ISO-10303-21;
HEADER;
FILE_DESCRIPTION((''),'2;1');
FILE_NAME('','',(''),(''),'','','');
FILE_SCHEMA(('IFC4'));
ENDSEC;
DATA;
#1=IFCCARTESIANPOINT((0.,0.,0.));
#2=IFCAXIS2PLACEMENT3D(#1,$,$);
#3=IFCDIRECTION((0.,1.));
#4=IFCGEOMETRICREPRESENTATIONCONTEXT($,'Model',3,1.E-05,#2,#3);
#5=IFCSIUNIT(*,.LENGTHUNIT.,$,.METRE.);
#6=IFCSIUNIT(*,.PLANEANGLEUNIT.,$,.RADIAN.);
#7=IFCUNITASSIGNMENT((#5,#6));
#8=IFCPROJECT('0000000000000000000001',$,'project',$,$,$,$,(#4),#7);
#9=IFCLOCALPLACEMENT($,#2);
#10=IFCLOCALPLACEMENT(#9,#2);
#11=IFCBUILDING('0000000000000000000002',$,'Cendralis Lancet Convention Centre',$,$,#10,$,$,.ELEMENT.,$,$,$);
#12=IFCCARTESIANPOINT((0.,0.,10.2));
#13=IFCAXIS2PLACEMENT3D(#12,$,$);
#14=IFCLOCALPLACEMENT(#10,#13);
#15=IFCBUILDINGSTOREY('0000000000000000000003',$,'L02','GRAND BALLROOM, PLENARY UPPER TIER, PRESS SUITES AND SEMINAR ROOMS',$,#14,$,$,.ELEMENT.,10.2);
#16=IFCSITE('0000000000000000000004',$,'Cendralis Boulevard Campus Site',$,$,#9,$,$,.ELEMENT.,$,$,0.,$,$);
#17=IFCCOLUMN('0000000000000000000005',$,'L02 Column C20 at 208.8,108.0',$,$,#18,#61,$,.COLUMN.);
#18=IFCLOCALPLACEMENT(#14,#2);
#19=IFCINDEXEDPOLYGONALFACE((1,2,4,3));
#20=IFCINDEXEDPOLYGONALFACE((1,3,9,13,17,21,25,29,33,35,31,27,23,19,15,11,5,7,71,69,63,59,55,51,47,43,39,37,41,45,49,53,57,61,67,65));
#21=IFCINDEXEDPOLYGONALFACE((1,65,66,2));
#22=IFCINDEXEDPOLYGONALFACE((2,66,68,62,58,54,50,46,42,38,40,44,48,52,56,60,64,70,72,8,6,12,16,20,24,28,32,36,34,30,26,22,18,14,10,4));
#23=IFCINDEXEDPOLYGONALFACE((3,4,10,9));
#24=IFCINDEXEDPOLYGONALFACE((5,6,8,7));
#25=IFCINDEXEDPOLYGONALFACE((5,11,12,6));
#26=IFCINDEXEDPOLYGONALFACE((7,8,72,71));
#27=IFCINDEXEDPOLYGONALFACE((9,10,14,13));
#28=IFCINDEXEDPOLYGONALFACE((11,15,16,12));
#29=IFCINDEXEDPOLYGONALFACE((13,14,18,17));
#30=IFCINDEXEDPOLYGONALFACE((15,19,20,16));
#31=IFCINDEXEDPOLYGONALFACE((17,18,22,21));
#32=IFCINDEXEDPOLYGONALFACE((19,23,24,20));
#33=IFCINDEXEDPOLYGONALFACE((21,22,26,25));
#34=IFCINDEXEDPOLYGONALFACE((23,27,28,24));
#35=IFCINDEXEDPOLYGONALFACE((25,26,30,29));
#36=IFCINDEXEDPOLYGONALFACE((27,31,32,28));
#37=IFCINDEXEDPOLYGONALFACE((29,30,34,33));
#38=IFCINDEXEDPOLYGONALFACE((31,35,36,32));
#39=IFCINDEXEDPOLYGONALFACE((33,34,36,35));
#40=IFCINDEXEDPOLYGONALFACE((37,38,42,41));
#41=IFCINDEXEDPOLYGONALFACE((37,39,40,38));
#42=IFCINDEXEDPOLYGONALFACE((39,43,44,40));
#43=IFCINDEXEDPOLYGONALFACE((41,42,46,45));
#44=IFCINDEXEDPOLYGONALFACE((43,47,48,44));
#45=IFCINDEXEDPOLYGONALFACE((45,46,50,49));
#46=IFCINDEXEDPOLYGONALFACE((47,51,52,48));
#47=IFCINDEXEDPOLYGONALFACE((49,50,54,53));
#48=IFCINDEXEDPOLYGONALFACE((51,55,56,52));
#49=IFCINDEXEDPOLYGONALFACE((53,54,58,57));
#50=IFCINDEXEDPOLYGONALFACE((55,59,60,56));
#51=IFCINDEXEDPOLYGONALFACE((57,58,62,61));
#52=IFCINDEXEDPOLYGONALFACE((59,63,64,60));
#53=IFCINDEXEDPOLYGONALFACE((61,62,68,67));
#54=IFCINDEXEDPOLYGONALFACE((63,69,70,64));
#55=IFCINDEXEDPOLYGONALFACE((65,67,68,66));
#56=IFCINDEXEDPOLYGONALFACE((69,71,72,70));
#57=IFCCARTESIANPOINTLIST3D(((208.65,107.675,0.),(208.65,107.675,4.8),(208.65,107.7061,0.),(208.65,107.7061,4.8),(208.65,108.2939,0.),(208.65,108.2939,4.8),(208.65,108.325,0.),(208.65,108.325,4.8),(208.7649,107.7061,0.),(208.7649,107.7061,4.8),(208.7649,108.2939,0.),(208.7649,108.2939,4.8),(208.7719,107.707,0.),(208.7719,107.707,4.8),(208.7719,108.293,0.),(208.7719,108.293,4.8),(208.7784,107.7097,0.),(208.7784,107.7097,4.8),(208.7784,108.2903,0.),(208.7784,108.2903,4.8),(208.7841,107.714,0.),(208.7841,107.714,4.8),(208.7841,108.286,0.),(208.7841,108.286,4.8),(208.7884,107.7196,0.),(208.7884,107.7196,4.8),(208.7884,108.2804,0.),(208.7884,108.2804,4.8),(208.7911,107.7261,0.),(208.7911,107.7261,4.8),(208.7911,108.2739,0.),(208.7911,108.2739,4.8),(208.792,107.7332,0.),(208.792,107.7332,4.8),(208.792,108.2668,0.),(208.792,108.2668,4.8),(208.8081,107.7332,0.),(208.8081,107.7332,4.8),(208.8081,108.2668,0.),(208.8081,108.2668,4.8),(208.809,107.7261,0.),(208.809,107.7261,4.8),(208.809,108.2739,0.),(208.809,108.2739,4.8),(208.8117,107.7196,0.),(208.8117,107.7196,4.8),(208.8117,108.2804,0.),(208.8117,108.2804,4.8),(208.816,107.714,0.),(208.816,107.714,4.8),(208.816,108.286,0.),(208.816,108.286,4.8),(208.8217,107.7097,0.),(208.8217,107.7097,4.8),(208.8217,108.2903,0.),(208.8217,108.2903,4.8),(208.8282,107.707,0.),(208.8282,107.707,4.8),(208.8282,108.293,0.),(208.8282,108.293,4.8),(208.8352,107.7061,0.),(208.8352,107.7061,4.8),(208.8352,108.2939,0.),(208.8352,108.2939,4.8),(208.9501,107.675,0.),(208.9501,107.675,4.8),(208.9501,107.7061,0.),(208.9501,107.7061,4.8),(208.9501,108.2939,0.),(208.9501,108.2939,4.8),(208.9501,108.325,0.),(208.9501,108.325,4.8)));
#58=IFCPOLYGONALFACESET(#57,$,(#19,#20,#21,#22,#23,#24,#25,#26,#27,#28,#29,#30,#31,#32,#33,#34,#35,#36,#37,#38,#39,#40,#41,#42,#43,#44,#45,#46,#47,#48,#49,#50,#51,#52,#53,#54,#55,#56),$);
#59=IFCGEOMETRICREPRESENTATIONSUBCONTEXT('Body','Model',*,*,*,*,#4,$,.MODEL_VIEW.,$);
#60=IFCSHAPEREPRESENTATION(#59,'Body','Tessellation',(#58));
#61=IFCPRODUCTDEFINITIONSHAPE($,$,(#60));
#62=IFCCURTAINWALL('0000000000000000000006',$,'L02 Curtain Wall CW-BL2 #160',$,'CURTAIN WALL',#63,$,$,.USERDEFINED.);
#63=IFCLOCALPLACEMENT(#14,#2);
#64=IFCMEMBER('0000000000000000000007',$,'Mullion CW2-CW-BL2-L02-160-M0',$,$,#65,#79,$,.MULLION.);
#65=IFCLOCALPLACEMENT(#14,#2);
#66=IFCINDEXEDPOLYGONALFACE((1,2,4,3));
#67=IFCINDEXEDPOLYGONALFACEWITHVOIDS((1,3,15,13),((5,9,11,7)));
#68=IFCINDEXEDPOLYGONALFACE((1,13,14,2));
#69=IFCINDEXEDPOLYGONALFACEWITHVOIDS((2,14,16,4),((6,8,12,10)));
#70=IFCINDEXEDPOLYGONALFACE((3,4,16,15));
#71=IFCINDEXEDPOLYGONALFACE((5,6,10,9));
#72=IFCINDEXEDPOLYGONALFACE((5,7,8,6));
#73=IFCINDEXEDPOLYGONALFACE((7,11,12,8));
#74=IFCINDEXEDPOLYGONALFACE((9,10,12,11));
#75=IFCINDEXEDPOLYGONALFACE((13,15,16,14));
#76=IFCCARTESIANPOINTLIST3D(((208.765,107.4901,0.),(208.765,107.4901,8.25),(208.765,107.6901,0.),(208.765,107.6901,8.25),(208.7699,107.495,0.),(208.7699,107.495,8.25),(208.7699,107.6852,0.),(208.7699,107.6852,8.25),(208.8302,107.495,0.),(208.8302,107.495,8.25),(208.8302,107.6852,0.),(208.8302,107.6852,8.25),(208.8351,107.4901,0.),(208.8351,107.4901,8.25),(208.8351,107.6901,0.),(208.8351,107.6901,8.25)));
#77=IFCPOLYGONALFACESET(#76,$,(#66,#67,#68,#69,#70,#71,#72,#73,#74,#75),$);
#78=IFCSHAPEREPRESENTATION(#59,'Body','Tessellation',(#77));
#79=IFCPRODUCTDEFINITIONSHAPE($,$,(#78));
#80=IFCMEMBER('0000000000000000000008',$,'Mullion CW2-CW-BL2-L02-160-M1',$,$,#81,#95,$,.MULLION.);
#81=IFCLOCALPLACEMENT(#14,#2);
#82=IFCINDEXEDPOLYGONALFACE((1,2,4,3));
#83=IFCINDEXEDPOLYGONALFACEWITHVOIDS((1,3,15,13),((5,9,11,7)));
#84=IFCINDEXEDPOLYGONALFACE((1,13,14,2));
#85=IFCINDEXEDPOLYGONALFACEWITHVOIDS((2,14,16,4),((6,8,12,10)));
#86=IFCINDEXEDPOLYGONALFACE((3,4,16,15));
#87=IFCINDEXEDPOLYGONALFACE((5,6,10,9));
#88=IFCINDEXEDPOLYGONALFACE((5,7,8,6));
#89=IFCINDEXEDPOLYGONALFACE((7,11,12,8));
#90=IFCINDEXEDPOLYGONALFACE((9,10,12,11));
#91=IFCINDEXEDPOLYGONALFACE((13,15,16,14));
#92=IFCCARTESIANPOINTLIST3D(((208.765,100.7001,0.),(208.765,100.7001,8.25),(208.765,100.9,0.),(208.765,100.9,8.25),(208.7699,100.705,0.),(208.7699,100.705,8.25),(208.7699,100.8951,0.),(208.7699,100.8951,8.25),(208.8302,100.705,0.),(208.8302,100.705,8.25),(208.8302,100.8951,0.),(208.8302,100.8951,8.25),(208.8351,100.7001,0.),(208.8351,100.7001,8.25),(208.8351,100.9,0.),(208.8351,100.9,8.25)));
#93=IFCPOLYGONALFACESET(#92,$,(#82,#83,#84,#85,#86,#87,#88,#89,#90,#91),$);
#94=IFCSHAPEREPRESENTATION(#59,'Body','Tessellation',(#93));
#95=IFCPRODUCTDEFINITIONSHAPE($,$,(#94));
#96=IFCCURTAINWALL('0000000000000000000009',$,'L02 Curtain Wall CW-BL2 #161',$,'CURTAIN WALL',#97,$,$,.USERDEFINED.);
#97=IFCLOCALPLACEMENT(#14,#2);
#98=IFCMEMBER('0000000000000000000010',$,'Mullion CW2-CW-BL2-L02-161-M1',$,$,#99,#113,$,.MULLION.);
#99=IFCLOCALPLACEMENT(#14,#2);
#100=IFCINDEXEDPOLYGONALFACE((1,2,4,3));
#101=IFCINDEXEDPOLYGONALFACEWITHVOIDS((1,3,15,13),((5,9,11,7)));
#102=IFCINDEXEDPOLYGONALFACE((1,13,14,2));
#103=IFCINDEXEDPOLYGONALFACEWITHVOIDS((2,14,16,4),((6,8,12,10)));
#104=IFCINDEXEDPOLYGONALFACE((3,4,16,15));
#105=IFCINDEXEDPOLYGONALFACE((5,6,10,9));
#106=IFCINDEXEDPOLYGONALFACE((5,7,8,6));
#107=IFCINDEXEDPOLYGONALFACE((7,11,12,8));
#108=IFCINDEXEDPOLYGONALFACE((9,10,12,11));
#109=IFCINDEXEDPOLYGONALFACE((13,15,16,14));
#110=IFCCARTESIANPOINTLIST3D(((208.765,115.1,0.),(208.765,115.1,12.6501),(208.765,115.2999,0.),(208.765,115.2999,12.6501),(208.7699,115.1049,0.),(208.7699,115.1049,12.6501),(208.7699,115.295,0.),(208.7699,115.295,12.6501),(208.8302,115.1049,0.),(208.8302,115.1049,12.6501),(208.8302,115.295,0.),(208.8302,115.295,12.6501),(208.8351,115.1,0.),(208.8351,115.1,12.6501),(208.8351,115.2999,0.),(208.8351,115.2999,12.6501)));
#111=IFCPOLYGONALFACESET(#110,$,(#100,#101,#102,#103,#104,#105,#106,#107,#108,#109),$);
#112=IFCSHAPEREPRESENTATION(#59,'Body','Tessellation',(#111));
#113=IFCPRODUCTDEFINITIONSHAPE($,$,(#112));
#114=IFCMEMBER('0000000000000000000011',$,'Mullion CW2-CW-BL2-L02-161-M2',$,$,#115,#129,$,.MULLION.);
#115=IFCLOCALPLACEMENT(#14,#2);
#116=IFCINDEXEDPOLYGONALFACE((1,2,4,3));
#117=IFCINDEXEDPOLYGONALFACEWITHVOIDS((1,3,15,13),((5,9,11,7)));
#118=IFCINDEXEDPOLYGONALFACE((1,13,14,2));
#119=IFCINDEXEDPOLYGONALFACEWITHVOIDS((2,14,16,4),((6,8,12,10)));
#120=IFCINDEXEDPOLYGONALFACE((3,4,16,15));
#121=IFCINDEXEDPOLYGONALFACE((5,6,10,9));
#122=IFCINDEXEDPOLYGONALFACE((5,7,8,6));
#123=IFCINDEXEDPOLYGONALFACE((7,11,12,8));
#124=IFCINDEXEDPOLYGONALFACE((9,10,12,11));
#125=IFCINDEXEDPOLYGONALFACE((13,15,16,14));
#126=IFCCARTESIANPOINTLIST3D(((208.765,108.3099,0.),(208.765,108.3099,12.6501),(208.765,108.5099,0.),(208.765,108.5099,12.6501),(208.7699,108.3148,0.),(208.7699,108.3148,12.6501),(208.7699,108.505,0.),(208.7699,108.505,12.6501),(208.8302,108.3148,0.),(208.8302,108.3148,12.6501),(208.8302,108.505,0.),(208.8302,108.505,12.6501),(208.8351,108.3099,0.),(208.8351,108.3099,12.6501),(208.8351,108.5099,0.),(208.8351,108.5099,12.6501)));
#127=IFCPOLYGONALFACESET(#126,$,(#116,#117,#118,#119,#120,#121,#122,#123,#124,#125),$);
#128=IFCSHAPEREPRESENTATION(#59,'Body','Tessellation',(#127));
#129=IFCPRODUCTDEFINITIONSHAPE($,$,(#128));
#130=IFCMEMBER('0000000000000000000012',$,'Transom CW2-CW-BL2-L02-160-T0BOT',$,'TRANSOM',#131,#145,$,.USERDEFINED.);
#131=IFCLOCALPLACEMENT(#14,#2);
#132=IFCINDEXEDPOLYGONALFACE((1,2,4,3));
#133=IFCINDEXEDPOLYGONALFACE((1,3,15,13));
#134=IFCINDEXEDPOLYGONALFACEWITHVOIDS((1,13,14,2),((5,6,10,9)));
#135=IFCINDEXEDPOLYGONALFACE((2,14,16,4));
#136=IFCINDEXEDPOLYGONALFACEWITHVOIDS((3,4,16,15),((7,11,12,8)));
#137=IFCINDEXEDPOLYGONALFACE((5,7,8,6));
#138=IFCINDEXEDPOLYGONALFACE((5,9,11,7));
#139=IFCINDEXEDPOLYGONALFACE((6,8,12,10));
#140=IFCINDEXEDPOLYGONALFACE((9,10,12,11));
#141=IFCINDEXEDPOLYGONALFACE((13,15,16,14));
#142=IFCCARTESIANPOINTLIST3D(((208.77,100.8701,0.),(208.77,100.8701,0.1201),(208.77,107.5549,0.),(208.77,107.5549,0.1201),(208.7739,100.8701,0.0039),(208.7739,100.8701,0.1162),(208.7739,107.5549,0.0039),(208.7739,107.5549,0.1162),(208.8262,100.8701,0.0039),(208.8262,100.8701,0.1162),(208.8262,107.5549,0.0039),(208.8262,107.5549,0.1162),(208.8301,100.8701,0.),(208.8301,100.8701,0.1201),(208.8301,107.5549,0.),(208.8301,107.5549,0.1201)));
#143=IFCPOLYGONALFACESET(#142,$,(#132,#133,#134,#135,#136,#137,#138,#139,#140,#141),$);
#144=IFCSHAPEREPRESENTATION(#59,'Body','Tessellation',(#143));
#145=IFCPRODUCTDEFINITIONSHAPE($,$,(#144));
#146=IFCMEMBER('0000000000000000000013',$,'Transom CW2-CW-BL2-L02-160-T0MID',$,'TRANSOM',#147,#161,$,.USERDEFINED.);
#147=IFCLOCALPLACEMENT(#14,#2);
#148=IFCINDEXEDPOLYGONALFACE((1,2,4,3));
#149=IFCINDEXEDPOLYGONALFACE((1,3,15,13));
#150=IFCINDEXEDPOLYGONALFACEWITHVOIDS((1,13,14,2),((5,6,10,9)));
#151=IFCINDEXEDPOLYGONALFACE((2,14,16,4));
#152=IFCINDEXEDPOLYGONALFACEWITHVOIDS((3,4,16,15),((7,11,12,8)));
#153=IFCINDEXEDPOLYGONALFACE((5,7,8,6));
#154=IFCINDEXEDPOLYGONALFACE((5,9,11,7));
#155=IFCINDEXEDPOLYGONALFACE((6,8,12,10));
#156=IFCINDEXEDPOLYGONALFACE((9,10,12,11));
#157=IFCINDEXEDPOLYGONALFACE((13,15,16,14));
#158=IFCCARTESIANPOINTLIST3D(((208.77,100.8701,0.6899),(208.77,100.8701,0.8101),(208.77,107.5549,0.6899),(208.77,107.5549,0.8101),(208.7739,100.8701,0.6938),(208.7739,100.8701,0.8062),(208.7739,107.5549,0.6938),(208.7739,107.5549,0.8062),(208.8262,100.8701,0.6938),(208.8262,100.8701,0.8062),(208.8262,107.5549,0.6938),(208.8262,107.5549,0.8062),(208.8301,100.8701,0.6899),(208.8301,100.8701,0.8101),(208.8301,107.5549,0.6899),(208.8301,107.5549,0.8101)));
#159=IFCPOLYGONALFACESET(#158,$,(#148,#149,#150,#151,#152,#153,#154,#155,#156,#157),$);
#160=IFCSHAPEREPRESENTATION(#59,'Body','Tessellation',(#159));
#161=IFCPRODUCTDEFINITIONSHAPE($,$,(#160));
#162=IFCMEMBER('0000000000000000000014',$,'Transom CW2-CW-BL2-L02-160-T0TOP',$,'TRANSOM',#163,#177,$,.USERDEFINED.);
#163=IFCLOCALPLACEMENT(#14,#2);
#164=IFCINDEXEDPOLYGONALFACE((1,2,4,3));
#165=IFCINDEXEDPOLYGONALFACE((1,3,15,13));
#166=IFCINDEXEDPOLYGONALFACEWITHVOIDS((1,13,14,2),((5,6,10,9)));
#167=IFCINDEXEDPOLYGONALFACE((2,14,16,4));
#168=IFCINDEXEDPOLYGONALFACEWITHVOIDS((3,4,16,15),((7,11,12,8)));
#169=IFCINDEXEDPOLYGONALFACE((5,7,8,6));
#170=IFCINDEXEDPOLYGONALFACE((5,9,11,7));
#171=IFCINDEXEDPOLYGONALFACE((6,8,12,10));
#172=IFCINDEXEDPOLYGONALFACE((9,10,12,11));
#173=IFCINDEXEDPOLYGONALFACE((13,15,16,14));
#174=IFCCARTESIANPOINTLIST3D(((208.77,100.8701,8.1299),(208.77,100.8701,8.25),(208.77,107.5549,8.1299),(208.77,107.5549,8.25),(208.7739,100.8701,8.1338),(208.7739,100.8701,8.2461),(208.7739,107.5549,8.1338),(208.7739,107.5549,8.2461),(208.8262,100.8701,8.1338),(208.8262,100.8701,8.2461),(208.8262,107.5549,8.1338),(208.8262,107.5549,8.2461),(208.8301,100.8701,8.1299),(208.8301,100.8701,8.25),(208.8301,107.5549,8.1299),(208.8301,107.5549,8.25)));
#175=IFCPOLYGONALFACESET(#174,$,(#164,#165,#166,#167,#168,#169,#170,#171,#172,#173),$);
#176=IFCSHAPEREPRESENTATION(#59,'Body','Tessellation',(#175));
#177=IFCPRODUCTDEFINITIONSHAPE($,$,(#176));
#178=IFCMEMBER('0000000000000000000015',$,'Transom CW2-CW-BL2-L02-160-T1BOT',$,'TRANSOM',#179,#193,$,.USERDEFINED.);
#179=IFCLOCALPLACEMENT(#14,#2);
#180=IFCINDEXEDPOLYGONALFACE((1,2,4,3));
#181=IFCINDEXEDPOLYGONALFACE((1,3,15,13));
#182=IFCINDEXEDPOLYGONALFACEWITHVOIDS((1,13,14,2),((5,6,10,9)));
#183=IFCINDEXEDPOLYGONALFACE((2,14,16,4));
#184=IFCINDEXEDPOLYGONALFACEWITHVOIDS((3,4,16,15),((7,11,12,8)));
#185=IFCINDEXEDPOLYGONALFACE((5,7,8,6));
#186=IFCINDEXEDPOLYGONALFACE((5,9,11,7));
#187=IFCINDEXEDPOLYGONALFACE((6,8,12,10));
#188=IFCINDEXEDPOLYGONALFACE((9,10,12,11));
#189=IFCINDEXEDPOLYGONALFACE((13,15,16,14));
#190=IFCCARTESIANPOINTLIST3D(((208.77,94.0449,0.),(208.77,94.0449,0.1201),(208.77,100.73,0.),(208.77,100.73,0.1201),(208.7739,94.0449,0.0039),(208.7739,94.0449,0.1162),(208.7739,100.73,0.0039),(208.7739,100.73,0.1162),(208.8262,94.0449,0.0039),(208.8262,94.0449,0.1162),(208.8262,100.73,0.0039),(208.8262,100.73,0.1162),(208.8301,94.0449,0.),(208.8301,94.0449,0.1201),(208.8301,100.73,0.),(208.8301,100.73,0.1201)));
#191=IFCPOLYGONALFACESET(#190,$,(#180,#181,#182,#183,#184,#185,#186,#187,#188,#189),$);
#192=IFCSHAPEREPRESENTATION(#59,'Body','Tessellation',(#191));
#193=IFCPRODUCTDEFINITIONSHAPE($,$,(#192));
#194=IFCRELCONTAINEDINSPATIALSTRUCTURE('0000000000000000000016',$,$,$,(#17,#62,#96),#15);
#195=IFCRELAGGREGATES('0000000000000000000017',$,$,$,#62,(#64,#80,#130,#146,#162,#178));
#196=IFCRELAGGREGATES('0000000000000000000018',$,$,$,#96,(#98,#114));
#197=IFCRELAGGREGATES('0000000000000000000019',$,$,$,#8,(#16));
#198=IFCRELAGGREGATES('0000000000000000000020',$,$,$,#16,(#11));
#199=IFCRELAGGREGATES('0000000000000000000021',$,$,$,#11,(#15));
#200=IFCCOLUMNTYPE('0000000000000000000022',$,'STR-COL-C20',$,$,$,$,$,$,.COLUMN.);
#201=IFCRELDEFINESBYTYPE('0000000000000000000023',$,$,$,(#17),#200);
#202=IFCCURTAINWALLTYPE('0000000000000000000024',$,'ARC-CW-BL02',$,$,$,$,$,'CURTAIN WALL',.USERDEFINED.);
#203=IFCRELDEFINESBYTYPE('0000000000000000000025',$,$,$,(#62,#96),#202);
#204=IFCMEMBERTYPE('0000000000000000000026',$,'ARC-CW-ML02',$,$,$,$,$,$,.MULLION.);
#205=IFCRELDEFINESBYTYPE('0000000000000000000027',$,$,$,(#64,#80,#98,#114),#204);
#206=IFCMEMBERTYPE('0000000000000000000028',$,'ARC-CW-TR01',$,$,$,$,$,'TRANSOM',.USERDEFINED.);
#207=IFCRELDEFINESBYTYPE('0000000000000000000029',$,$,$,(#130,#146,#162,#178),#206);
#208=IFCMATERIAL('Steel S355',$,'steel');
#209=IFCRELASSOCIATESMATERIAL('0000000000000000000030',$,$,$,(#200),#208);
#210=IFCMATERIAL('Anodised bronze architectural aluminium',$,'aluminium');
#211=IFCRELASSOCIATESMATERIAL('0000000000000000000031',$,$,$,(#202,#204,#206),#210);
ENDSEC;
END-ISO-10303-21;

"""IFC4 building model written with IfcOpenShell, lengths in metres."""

from ifc_helpers import new_model, si_unit, direction, frame, origin, origin_2d, place, context, subcontext, project, spatial, hollow_rectangle, i_section, extrude, material, material_profile, profile_set, type_object, element, aggregate, save


model = new_model("IFC4")

# Units and contexts
model_context = context("Model", 3, precision=1e-05, world=origin(), true_north=direction((0.0, 1.0)))
body_context = subcontext(model_context, "Body", "Model", "MODEL_VIEW")
ifc_project = project(units=[si_unit("LENGTHUNIT", "METRE"), si_unit("PLANEANGLEUNIT", "RADIAN")], contexts=[model_context])

# Site, building, storey
site_placement = place(None, origin())
site = spatial("IfcSite", under=ifc_project, at=site_placement, Name="Cendralis Boulevard Campus Site", CompositionType="ELEMENT", RefElevation=0.0)
building_placement = place(site_placement, origin())
building = spatial("IfcBuilding", under=site, at=building_placement, Name="Cendralis Lancet Convention Centre", CompositionType="ELEMENT")
storey_placement = place(building_placement, frame((0.0, 0.0, 10.2)))
storey = spatial("IfcBuildingStorey", under=building, at=storey_placement, Name="L02", Description="GRAND BALLROOM, PLENARY UPPER TIER, PRESS SUITES AND SEMINAR ROOMS", CompositionType="ELEMENT", Elevation=10.2)

# Column
ifc_material_1 = material(Name="Steel S355", Category="steel")
ifc_material_profile_1 = material_profile(ifc_material_1, i_section(OverallWidth=0.3, OverallDepth=0.6499, WebThickness=0.0161, FlangeThickness=0.031, FilletRadius=0.0271, at=origin_2d()), Name="HEB 650")
ifc_profile_set_1 = profile_set([ifc_material_profile_1], Name="Steel S355")
column_type = type_object("IfcColumnType", Name="STR-COL-C20", PredefinedType="COLUMN", material=ifc_profile_set_1)
column_placement = place(storey_placement, frame((208.8, 108.0, 0.0), z_axis=(0.0, 0.0, 1.0), x_axis=(1.0, 0.0, 0.0)))
element("IfcColumn", 1, at=column_placement, inside=storey, type_object=column_type, Name="L02 Column C20 at 208.8,108.0", PredefinedType="COLUMN", context=body_context, shape_type="SweptSolid", body=[
    extrude(i_section(OverallWidth=0.3, OverallDepth=0.6499, WebThickness=0.0161, FlangeThickness=0.031, FilletRadius=0.0271, at=origin_2d()), origin(), (0.0, 0.0, 1.0), 4.8),
])

# Curtain walls, members
ifc_material_2 = material(Name="Anodised bronze architectural aluminium", Category="aluminium")
curtain_wall_type = type_object("IfcCurtainWallType", Name="ARC-CW-BL02", ElementType="CURTAIN WALL", PredefinedType="USERDEFINED", material=ifc_material_2)
curtain_wall_1_placement = place(storey_placement, origin())
curtain_wall_1 = element("IfcCurtainWall", 2, at=curtain_wall_1_placement, inside=storey, type_object=curtain_wall_type, Name="L02 Curtain Wall CW-BL2 #160", ObjectType="CURTAIN WALL", PredefinedType="USERDEFINED")
ifc_material_profile_2 = material_profile(ifc_material_2, hollow_rectangle(XDim=0.0701, YDim=0.2, WallThickness=0.0049, at=origin_2d()), Name="AL-MULL 70x200x5.0")
ifc_profile_set_2 = profile_set([ifc_material_profile_2], Name="Anodised bronze architectural aluminium")
member_type_1 = type_object("IfcMemberType", Name="ARC-CW-ML02", PredefinedType="MULLION", material=ifc_profile_set_2)
member_1_placement = place(storey_placement, frame((208.8, 107.5901, 0.0), z_axis=(0.0, 0.0, 1.0), x_axis=(1.0, 0.0, 0.0)))
member_1 = element("IfcMember", 3, at=member_1_placement, type_object=member_type_1, Name="Mullion CW2-CW-BL2-L02-160-M0", PredefinedType="MULLION", context=body_context, shape_type="SweptSolid", body=[
    extrude(hollow_rectangle(XDim=0.0701, YDim=0.2, WallThickness=0.0049, at=origin_2d()), origin(), (0.0, 0.0, 1.0), 8.25),
])
member_2_placement = place(storey_placement, frame((208.8, 100.8, 0.0), z_axis=(0.0, 0.0, 1.0), x_axis=(1.0, 0.0, 0.0)))
member_2 = element("IfcMember", 4, at=member_2_placement, type_object=member_type_1, Name="Mullion CW2-CW-BL2-L02-160-M1", PredefinedType="MULLION", context=body_context, shape_type="SweptSolid", body=[
    extrude(hollow_rectangle(XDim=0.0701, YDim=0.2, WallThickness=0.0049, at=origin_2d()), origin(), (0.0, 0.0, 1.0), 8.25),
])
curtain_wall_2_placement = place(storey_placement, origin())
curtain_wall_2 = element("IfcCurtainWall", 5, at=curtain_wall_2_placement, inside=storey, type_object=curtain_wall_type, Name="L02 Curtain Wall CW-BL2 #161", ObjectType="CURTAIN WALL", PredefinedType="USERDEFINED")
member_3_placement = place(storey_placement, frame((208.8, 115.2, 0.0), z_axis=(0.0, 0.0, 1.0), x_axis=(1.0, 0.0, 0.0)))
member_3 = element("IfcMember", 6, at=member_3_placement, type_object=member_type_1, Name="Mullion CW2-CW-BL2-L02-161-M1", PredefinedType="MULLION", context=body_context, shape_type="SweptSolid", body=[
    extrude(hollow_rectangle(XDim=0.0701, YDim=0.2, WallThickness=0.0049, at=origin_2d()), origin(), (0.0, 0.0, 1.0), 12.6501),
])
member_4_placement = place(storey_placement, frame((208.8, 108.4099, 0.0), z_axis=(0.0, 0.0, 1.0), x_axis=(1.0, 0.0, 0.0)))
member_4 = element("IfcMember", 7, at=member_4_placement, type_object=member_type_1, Name="Mullion CW2-CW-BL2-L02-161-M2", PredefinedType="MULLION", context=body_context, shape_type="SweptSolid", body=[
    extrude(hollow_rectangle(XDim=0.0701, YDim=0.2, WallThickness=0.0049, at=origin_2d()), origin(), (0.0, 0.0, 1.0), 12.6501),
])

# Members
ifc_material_profile_3 = material_profile(ifc_material_2, hollow_rectangle(XDim=0.0601, YDim=0.1201, WallThickness=0.0039, at=origin_2d()), Name="AL-TRAN 60x120x4.0")
ifc_profile_set_3 = profile_set([ifc_material_profile_3], Name="Anodised bronze architectural aluminium")
member_type_2 = type_object("IfcMemberType", Name="ARC-CW-TR01", ElementType="TRANSOM", PredefinedType="USERDEFINED", material=ifc_profile_set_3)
member_5_placement = place(storey_placement, frame((208.8, 107.5549, 0.0601), z_axis=(0.0, -1.0, 0.0), x_axis=(1.0, 0.0, 0.0)))
member_5 = element("IfcMember", 8, at=member_5_placement, type_object=member_type_2, Name="Transom CW2-CW-BL2-L02-160-T0BOT", ObjectType="TRANSOM", PredefinedType="USERDEFINED", context=body_context, shape_type="SweptSolid", body=[
    extrude(hollow_rectangle(XDim=0.0601, YDim=0.1201, WallThickness=0.0039, at=origin_2d()), origin(), (0.0, 0.0, 1.0), 6.6848),
])
member_6_placement = place(storey_placement, frame((208.8, 107.5549, 0.75), z_axis=(0.0, -1.0, 0.0), x_axis=(1.0, 0.0, 0.0)))
member_6 = element("IfcMember", 9, at=member_6_placement, type_object=member_type_2, Name="Transom CW2-CW-BL2-L02-160-T0MID", ObjectType="TRANSOM", PredefinedType="USERDEFINED", context=body_context, shape_type="SweptSolid", body=[
    extrude(hollow_rectangle(XDim=0.0601, YDim=0.1201, WallThickness=0.0039, at=origin_2d()), origin(), (0.0, 0.0, 1.0), 6.6848),
])
member_7_placement = place(storey_placement, frame((208.8, 107.5549, 8.1899), z_axis=(0.0, -1.0, 0.0), x_axis=(1.0, 0.0, 0.0)))
member_7 = element("IfcMember", 10, at=member_7_placement, type_object=member_type_2, Name="Transom CW2-CW-BL2-L02-160-T0TOP", ObjectType="TRANSOM", PredefinedType="USERDEFINED", context=body_context, shape_type="SweptSolid", body=[
    extrude(hollow_rectangle(XDim=0.0601, YDim=0.1201, WallThickness=0.0039, at=origin_2d()), origin(), (0.0, 0.0, 1.0), 6.6848),
])
member_8_placement = place(storey_placement, frame((208.8, 100.73, 0.0601), z_axis=(0.0, -1.0, 0.0), x_axis=(1.0, 0.0, 0.0)))
member_8 = element("IfcMember", 11, at=member_8_placement, type_object=member_type_2, Name="Transom CW2-CW-BL2-L02-160-T1BOT", ObjectType="TRANSOM", PredefinedType="USERDEFINED", context=body_context, shape_type="SweptSolid", body=[
    extrude(hollow_rectangle(XDim=0.0601, YDim=0.1201, WallThickness=0.0039, at=origin_2d()), origin(), (0.0, 0.0, 1.0), 6.6851),
])

aggregate(curtain_wall_1, [member_1, member_2, member_5, member_6, member_7, member_8])
aggregate(curtain_wall_2, [member_3, member_4])

save(model, "model.ifc")
